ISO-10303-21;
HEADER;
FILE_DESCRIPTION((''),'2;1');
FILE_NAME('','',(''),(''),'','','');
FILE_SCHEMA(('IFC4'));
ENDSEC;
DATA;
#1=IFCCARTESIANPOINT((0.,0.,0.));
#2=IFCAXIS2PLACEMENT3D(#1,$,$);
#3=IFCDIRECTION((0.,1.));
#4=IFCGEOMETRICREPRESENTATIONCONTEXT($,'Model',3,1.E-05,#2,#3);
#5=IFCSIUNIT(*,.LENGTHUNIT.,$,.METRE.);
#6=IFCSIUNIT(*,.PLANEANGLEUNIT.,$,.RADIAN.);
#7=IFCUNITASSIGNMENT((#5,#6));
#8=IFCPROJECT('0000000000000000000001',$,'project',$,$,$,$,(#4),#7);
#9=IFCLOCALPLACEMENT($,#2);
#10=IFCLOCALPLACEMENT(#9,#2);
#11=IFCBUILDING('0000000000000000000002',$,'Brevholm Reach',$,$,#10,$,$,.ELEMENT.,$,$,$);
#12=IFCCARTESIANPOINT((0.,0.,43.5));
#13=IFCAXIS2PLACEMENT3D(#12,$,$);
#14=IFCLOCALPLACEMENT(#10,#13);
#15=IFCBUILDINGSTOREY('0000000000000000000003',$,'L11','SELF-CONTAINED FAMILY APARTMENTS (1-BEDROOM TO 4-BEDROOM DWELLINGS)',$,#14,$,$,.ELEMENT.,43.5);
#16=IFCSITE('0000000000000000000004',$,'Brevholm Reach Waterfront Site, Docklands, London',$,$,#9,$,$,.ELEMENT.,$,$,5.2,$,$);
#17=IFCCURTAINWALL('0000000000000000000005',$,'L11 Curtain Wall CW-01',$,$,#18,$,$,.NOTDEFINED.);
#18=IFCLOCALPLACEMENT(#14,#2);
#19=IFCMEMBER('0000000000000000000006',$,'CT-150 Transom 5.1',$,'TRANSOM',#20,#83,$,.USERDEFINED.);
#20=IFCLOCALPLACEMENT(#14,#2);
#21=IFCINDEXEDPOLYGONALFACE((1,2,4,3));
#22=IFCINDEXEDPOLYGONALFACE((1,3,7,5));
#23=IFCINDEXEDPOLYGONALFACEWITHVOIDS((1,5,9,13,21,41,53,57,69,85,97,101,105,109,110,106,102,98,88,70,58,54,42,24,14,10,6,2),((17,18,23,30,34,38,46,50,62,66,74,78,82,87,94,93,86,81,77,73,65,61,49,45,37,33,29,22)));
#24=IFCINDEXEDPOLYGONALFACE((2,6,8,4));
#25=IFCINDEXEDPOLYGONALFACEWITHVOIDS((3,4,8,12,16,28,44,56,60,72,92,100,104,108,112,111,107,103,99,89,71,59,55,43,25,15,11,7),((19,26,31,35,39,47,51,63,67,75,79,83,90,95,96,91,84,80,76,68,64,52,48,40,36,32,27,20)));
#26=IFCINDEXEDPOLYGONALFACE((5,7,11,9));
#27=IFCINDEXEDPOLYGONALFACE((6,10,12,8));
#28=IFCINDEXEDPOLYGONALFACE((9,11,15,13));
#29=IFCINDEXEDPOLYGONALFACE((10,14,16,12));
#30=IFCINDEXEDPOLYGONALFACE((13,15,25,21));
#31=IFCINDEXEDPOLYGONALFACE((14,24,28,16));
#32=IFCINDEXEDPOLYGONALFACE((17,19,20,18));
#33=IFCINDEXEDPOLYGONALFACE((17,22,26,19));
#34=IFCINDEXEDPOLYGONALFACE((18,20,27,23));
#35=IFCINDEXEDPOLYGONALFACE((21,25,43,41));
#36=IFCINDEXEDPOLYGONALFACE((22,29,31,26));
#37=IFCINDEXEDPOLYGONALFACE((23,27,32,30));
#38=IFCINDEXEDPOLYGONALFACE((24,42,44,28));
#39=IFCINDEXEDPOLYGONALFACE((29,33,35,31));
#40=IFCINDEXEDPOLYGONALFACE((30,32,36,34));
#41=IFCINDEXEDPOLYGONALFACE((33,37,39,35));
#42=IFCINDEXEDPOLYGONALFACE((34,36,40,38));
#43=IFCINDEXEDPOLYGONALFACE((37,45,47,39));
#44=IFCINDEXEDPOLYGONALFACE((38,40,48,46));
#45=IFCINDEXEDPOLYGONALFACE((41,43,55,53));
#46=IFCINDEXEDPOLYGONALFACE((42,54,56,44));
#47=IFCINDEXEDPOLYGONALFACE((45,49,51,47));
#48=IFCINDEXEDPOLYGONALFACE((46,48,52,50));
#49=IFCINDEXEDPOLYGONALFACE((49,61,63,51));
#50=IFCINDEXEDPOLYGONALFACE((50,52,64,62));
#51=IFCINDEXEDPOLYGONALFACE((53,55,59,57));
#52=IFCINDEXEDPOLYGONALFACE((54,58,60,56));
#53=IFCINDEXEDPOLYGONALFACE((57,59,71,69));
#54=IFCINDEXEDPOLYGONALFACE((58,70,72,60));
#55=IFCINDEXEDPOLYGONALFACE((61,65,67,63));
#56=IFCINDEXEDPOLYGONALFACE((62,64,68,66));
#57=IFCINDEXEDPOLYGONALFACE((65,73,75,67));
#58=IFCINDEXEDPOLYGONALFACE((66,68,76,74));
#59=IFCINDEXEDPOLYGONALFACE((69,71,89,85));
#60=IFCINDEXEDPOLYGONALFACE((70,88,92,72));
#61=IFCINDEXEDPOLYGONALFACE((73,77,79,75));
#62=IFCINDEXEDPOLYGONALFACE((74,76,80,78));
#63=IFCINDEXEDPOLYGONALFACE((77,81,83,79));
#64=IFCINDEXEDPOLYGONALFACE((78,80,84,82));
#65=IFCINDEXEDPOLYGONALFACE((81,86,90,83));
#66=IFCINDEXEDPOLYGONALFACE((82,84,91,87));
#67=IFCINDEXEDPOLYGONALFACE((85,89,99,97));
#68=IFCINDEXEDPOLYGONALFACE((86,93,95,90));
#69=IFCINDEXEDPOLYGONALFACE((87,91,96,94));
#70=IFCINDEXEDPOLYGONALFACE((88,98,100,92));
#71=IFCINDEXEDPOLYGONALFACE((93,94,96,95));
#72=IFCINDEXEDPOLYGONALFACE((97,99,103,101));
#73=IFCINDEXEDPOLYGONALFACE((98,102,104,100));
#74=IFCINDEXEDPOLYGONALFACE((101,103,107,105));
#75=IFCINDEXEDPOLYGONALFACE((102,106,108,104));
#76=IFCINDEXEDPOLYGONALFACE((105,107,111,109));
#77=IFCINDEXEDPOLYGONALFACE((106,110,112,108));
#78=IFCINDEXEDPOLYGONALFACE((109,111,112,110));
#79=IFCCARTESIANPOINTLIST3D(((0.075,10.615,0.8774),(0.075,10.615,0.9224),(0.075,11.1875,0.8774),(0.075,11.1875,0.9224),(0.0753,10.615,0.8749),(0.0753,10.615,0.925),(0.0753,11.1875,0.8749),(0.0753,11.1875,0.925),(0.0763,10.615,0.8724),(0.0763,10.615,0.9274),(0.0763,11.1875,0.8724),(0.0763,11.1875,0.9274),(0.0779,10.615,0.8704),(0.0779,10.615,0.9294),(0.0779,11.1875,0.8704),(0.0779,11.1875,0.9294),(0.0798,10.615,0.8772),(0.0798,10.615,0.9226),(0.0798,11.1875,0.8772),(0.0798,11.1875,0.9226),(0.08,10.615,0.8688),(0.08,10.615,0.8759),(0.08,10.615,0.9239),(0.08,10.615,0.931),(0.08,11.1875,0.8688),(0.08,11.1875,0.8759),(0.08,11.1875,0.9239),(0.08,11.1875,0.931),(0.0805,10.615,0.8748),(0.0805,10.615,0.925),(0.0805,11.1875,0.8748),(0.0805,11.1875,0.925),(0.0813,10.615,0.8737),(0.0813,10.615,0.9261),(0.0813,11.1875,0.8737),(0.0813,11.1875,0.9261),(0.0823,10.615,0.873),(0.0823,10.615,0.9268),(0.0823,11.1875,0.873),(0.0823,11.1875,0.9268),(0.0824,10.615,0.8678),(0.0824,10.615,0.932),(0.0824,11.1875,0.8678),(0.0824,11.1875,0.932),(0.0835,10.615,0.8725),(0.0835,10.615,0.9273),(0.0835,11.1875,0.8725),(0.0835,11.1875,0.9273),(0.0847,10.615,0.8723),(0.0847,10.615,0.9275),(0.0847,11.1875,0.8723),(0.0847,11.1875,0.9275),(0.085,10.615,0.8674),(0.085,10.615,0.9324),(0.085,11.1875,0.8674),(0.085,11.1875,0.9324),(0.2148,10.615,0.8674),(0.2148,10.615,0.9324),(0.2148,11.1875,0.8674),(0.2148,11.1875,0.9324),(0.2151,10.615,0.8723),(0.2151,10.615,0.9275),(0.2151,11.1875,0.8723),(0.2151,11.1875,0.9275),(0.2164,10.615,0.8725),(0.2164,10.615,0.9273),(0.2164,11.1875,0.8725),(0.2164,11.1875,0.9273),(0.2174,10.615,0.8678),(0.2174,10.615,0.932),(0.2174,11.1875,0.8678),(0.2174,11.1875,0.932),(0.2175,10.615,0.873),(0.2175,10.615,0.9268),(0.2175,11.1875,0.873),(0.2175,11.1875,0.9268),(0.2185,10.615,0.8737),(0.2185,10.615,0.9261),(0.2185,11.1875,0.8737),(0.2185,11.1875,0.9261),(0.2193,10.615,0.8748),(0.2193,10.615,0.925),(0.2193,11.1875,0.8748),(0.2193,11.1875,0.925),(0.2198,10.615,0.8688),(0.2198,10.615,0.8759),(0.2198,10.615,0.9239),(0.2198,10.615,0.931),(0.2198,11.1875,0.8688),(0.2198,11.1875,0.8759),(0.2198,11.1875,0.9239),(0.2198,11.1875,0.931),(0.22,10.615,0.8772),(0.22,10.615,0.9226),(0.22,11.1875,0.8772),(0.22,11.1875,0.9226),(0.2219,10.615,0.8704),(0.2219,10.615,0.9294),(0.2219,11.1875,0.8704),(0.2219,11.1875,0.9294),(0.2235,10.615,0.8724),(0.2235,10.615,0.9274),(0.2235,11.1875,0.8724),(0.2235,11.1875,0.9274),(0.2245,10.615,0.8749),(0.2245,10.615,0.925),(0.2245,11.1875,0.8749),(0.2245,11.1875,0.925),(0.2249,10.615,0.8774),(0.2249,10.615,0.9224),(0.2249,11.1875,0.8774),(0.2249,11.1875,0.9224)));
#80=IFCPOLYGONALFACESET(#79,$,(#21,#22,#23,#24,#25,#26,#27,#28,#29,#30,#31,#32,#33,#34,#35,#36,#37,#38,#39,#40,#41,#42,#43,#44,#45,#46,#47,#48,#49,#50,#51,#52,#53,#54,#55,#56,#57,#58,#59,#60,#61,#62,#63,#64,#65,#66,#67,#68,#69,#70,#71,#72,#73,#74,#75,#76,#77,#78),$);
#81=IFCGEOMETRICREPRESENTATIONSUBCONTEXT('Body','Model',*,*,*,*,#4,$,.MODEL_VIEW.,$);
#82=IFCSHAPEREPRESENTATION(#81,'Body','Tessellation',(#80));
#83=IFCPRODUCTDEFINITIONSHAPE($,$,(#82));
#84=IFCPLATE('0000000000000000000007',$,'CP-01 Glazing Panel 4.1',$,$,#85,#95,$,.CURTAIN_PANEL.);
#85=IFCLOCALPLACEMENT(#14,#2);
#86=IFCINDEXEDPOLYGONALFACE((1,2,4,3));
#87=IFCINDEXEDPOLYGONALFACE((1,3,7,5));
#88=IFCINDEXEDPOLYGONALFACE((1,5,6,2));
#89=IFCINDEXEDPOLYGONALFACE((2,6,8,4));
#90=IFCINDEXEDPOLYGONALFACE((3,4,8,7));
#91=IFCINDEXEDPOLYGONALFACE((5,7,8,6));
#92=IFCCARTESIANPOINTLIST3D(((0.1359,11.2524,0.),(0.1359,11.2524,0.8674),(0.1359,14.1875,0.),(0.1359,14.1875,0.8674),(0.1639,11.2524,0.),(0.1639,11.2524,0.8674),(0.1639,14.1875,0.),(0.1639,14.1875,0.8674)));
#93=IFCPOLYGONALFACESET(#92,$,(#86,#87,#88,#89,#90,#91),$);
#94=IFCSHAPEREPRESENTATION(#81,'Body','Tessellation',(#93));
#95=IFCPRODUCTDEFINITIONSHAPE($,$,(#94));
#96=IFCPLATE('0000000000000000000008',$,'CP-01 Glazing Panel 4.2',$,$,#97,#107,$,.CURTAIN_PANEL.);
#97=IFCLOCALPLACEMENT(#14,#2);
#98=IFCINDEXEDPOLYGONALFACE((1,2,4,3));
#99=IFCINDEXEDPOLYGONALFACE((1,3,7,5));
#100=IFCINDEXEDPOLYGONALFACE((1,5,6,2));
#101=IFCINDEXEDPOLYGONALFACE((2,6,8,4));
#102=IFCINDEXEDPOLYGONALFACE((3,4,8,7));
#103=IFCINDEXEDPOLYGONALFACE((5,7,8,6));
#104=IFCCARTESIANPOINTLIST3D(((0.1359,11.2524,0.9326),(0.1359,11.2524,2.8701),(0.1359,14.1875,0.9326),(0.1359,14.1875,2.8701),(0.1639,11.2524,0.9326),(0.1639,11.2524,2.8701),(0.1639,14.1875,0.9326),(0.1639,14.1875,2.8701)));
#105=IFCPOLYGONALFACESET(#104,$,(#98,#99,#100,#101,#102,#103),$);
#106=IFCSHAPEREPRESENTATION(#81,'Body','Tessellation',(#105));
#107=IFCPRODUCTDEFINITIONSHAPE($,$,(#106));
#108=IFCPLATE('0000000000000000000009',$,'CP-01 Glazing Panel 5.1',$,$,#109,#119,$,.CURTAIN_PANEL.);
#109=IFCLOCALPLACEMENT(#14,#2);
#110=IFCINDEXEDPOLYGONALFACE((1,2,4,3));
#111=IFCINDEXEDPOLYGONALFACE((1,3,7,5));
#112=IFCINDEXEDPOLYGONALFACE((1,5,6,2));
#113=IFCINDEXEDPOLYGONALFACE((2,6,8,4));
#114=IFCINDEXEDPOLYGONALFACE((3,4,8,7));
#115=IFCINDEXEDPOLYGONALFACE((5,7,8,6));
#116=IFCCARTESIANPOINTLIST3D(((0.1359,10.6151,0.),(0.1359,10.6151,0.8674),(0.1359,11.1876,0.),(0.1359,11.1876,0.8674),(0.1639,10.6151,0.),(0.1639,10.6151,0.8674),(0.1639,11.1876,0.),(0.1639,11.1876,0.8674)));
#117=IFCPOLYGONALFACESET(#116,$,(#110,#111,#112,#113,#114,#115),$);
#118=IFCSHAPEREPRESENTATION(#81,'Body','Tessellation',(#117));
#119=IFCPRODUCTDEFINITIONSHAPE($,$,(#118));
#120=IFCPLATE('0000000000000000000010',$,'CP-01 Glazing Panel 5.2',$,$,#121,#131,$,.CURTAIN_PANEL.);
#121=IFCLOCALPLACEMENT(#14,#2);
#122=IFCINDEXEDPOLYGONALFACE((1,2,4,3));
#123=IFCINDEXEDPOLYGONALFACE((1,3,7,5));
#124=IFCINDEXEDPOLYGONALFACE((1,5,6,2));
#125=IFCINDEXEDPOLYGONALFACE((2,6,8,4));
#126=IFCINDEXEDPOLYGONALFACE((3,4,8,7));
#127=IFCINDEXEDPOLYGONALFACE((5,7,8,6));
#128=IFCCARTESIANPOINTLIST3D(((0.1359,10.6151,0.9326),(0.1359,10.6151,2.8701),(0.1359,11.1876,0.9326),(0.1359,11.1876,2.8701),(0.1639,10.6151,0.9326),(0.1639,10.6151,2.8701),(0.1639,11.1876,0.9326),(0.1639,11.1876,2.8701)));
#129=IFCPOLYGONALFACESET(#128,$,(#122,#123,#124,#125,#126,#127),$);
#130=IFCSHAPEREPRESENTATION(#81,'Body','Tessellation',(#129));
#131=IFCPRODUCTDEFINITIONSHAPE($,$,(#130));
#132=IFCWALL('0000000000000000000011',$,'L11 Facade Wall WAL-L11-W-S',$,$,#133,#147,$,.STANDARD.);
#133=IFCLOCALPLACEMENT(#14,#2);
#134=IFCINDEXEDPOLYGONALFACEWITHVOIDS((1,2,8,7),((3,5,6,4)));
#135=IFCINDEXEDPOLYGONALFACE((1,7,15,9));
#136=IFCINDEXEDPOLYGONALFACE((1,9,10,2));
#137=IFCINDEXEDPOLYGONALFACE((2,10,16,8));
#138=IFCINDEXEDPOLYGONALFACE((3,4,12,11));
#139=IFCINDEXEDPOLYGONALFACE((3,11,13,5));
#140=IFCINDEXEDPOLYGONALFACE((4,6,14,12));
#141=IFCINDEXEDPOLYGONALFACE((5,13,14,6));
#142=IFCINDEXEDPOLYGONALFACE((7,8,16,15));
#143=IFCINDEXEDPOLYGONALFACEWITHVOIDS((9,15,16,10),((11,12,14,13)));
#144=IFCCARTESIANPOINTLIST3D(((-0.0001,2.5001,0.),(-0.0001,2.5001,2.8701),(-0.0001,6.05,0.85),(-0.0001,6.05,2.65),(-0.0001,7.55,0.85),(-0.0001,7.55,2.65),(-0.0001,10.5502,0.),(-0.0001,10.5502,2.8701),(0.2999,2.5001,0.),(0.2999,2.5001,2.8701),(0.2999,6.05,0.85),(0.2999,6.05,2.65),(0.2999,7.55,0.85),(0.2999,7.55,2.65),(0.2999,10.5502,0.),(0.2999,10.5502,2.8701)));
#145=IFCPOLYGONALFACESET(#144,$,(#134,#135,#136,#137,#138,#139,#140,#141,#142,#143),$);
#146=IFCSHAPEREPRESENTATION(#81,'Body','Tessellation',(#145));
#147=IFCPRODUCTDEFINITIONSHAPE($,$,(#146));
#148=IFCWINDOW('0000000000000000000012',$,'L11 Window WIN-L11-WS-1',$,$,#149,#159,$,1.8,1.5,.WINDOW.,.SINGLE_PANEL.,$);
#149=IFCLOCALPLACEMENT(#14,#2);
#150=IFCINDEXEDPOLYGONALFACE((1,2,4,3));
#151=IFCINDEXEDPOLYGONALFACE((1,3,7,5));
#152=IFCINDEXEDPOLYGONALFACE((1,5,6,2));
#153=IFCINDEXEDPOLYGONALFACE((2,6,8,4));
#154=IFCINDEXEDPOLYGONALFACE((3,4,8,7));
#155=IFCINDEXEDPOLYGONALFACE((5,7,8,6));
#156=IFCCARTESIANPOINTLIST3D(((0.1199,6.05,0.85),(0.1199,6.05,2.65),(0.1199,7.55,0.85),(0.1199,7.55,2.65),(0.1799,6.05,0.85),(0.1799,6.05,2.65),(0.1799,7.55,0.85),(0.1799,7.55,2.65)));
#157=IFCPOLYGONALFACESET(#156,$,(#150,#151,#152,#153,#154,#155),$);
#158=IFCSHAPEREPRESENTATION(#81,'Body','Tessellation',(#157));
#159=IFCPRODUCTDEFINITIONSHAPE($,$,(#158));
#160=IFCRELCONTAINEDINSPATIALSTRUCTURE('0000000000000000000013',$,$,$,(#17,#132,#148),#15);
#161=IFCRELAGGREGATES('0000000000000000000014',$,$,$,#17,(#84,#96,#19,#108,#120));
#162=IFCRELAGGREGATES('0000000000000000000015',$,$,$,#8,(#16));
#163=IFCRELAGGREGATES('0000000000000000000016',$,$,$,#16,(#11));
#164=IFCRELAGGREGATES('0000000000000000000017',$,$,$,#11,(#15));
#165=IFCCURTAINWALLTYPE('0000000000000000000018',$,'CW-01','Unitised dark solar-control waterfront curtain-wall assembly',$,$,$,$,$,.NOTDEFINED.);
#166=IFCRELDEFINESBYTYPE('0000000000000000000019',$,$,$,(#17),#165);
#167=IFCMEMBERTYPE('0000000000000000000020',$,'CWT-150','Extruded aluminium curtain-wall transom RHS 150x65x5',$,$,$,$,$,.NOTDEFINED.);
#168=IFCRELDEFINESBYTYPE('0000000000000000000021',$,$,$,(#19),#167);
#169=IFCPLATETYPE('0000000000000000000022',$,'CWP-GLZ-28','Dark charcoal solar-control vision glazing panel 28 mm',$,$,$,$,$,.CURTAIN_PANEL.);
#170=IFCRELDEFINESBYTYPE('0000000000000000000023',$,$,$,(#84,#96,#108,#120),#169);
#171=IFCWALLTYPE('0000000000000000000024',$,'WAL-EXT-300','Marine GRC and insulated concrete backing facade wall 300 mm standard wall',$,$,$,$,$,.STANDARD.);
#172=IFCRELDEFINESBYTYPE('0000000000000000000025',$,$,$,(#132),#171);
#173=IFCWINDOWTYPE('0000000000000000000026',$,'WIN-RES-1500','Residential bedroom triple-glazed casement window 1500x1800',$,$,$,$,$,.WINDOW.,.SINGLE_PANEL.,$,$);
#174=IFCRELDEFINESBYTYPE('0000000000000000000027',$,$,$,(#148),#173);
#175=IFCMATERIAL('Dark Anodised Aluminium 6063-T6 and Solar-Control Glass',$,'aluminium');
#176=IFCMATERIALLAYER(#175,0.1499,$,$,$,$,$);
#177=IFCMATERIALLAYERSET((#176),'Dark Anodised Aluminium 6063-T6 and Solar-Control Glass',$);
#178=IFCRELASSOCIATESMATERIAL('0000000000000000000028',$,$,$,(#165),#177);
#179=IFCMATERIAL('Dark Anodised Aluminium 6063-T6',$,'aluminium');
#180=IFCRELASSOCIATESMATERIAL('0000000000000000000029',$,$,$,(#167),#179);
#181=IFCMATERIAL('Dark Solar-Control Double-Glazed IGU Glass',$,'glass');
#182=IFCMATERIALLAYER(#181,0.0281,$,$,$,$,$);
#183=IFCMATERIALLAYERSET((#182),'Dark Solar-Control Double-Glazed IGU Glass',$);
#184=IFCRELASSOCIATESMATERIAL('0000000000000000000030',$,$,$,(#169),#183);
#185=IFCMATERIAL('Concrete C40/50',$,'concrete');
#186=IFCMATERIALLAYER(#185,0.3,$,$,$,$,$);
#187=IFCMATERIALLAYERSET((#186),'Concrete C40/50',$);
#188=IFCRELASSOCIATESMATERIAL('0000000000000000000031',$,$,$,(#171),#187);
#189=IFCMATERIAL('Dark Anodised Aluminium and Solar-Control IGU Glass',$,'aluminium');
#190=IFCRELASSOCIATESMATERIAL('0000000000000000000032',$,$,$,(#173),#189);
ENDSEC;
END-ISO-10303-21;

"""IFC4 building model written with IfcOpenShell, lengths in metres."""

from ifc_helpers import new_model, si_unit, direction, frame, frame_2d, origin, origin_2d, place, context, subcontext, project, spatial, rectangle, hollow_rectangle, extrude, material, layer, layer_set, material_profile, profile_set, type_object, element, fill, aggregate, save


model = new_model("IFC4")

# Units and contexts
model_context = context("Model", 3, precision=1e-05, world=origin(), true_north=direction((0.0, 1.0)))
body_context = subcontext(model_context, "Body", "Model", "MODEL_VIEW")
ifc_project = project(units=[si_unit("LENGTHUNIT", "METRE"), si_unit("PLANEANGLEUNIT", "RADIAN")], contexts=[model_context])

# Site, building, storey
site_placement = place(None, origin())
site = spatial("IfcSite", under=ifc_project, at=site_placement, Name="Brevholm Reach Waterfront Site, Docklands, London", CompositionType="ELEMENT", RefElevation=5.2)
building_placement = place(site_placement, origin())
building = spatial("IfcBuilding", under=site, at=building_placement, Name="Brevholm Reach", CompositionType="ELEMENT")
storey_placement = place(building_placement, frame((0.0, 0.0, 43.5)))
storey = spatial("IfcBuildingStorey", under=building, at=storey_placement, Name="L11", Description="SELF-CONTAINED FAMILY APARTMENTS (1-BEDROOM TO 4-BEDROOM DWELLINGS)", CompositionType="ELEMENT", Elevation=43.5)

# Curtain wall, member, plates
ifc_material_1 = material(Name="Dark Anodised Aluminium 6063-T6 and Solar-Control Glass", Category="aluminium")
ifc_layer_1 = layer(ifc_material_1, 0.1499)
ifc_layer_set_1 = layer_set([ifc_layer_1], Name="Dark Anodised Aluminium 6063-T6 and Solar-Control Glass")
curtain_wall_type = type_object("IfcCurtainWallType", Name="CW-01", Description="Unitised dark solar-control waterfront curtain-wall assembly", PredefinedType="NOTDEFINED", material=ifc_layer_set_1)
curtain_wall_placement = place(storey_placement, origin())
curtain_wall = element("IfcCurtainWall", 1, at=curtain_wall_placement, inside=storey, type_object=curtain_wall_type, Name="L11 Curtain Wall CW-01", PredefinedType="NOTDEFINED")
ifc_material_2 = material(Name="Dark Anodised Aluminium 6063-T6", Category="aluminium")
ifc_material_profile_1 = material_profile(ifc_material_2, hollow_rectangle(XDim=0.0649, YDim=0.1499, WallThickness=0.0049, InnerFilletRadius=0.0049, OuterFilletRadius=0.01, at=origin_2d()), Name="RHS 150x65x5")
ifc_profile_set_1 = profile_set([ifc_material_profile_1], Name="Dark Anodised Aluminium 6063-T6")
member_type_1 = type_object("IfcMemberType", Name="CWT-150", Description="Extruded aluminium curtain-wall transom RHS 150x65x5", PredefinedType="NOTDEFINED", material=ifc_profile_set_1)
member_1_placement = place(storey_placement, frame((0.1499, 11.1875, 0.8999), z_axis=(0.0, -1.0, 0.0), x_axis=(0.0, 0.0, 1.0)))
member_1 = element("IfcMember", 2, at=member_1_placement, type_object=member_type_1, Name="CT-150 Transom 5.1", ObjectType="TRANSOM", PredefinedType="USERDEFINED", context=body_context, shape_type="SweptSolid", body=[
    extrude(hollow_rectangle(XDim=0.0649, YDim=0.1499, WallThickness=0.0049, InnerFilletRadius=0.0049, OuterFilletRadius=0.01, at=origin_2d()), origin(), (0.0, 0.0, 1.0), 0.5725),
])
ifc_material_3 = material(Name="Dark Solar-Control Double-Glazed IGU Glass", Category="glass")
ifc_layer_2 = layer(ifc_material_3, 0.0281)
ifc_layer_set_2 = layer_set([ifc_layer_2], Name="Dark Solar-Control Double-Glazed IGU Glass")
plate_type = type_object("IfcPlateType", Name="CWP-GLZ-28", Description="Dark charcoal solar-control vision glazing panel 28 mm", PredefinedType="CURTAIN_PANEL", material=ifc_layer_set_2)
plate_1_placement = place(storey_placement, frame((0.1499, 12.72, 0.0), z_axis=(0.0, 0.0, 1.0), x_axis=(0.0, -1.0, 0.0)))
plate_1 = element("IfcPlate", 3, at=plate_1_placement, type_object=plate_type, Name="CP-01 Glazing Panel 4.1", PredefinedType="CURTAIN_PANEL", context=body_context, shape_type="SweptSolid", body=[
    extrude(rectangle(XDim=2.9351, YDim=0.0281, at=origin_2d()), origin(), (0.0, 0.0, 1.0), 0.8674),
])
plate_2_placement = place(storey_placement, frame((0.1499, 12.72, 0.9326), z_axis=(0.0, 0.0, 1.0), x_axis=(0.0, -1.0, 0.0)))
plate_2 = element("IfcPlate", 4, at=plate_2_placement, type_object=plate_type, Name="CP-01 Glazing Panel 4.2", PredefinedType="CURTAIN_PANEL", context=body_context, shape_type="SweptSolid", body=[
    extrude(rectangle(XDim=2.9351, YDim=0.0281, at=origin_2d()), origin(), (0.0, 0.0, 1.0), 1.9375),
])
plate_3_placement = place(storey_placement, frame((0.1499, 10.9014, 0.0), z_axis=(0.0, 0.0, 1.0), x_axis=(0.0, -1.0, 0.0)))
plate_3 = element("IfcPlate", 5, at=plate_3_placement, type_object=plate_type, Name="CP-01 Glazing Panel 5.1", PredefinedType="CURTAIN_PANEL", context=body_context, shape_type="SweptSolid", body=[
    extrude(rectangle(XDim=0.5725, YDim=0.0281, at=origin_2d()), origin(), (0.0, 0.0, 1.0), 0.8674),
])
plate_4_placement = place(storey_placement, frame((0.1499, 10.9014, 0.9326), z_axis=(0.0, 0.0, 1.0), x_axis=(0.0, -1.0, 0.0)))
plate_4 = element("IfcPlate", 6, at=plate_4_placement, type_object=plate_type, Name="CP-01 Glazing Panel 5.2", PredefinedType="CURTAIN_PANEL", context=body_context, shape_type="SweptSolid", body=[
    extrude(rectangle(XDim=0.5725, YDim=0.0281, at=origin_2d()), origin(), (0.0, 0.0, 1.0), 1.9375),
])
aggregate(curtain_wall, [plate_1, plate_2, member_1, plate_3, plate_4])

# Wall, opening, window
ifc_material_4 = material(Name="Concrete C40/50", Category="concrete")
ifc_layer_3 = layer(ifc_material_4, 0.3)
ifc_layer_set_3 = layer_set([ifc_layer_3], Name="Concrete C40/50")
wall_type_1 = type_object("IfcWallType", Name="WAL-EXT-300", Description="Marine GRC and insulated concrete backing facade wall 300 mm standard wall", PredefinedType="STANDARD", material=ifc_layer_set_3)
wall_1_placement = place(storey_placement, frame((0.1499, 10.55, 0.0), z_axis=(0.0, 0.0, 1.0), x_axis=(0.0, -1.0, 0.0)))
wall_1 = element("IfcWall", 7, at=wall_1_placement, inside=storey, type_object=wall_type_1, Name="L11 Facade Wall WAL-L11-W-S", PredefinedType="STANDARD", context=body_context, shape_type="SweptSolid", body=[
    extrude(rectangle(XDim=8.05, YDim=0.3, at=frame_2d((4.0249, 0.0))), origin(), (0.0, 0.0, 1.0), 2.8701),
])
opening_1_placement = place(wall_1_placement, frame((3.0, 0.0, 0.8501)))
opening_1 = element("IfcOpeningElement", 8, at=opening_1_placement, cuts=wall_1, PredefinedType="OPENING", context=body_context, shape_type="SweptSolid", body=[
    extrude(rectangle(XDim=1.5, YDim=1.8, at=frame_2d((0.75, 0.8999))), frame((0.0, 0.1599, 0.0), z_axis=(0.0, -1.0, 0.0), x_axis=(1.0, 0.0, 0.0)), (0.0, 0.0, 1.0), 0.3201),
])
ifc_material_5 = material(Name="Dark Anodised Aluminium and Solar-Control IGU Glass", Category="aluminium")
window_type = type_object("IfcWindowType", Name="WIN-RES-1500", Description="Residential bedroom triple-glazed casement window 1500x1800", PartitioningType="SINGLE_PANEL", PredefinedType="WINDOW", material=ifc_material_5)
window_placement = place(opening_1_placement, origin())
window = element("IfcWindow", 9, at=window_placement, inside=storey, type_object=window_type, Name="L11 Window WIN-L11-WS-1", OverallHeight=1.8, OverallWidth=1.5, PartitioningType="SINGLE_PANEL", PredefinedType="WINDOW", context=body_context, shape_type="SweptSolid", body=[
    extrude(rectangle(XDim=1.5, YDim=1.8, at=frame_2d((0.75, 0.8999))), frame((0.0, 0.03, 0.0), z_axis=(0.0, -1.0, 0.0), x_axis=(1.0, 0.0, 0.0)), (0.0, 0.0, 1.0), 0.0601),
])
fill(opening_1, window)

save(model, "model.ifc")
